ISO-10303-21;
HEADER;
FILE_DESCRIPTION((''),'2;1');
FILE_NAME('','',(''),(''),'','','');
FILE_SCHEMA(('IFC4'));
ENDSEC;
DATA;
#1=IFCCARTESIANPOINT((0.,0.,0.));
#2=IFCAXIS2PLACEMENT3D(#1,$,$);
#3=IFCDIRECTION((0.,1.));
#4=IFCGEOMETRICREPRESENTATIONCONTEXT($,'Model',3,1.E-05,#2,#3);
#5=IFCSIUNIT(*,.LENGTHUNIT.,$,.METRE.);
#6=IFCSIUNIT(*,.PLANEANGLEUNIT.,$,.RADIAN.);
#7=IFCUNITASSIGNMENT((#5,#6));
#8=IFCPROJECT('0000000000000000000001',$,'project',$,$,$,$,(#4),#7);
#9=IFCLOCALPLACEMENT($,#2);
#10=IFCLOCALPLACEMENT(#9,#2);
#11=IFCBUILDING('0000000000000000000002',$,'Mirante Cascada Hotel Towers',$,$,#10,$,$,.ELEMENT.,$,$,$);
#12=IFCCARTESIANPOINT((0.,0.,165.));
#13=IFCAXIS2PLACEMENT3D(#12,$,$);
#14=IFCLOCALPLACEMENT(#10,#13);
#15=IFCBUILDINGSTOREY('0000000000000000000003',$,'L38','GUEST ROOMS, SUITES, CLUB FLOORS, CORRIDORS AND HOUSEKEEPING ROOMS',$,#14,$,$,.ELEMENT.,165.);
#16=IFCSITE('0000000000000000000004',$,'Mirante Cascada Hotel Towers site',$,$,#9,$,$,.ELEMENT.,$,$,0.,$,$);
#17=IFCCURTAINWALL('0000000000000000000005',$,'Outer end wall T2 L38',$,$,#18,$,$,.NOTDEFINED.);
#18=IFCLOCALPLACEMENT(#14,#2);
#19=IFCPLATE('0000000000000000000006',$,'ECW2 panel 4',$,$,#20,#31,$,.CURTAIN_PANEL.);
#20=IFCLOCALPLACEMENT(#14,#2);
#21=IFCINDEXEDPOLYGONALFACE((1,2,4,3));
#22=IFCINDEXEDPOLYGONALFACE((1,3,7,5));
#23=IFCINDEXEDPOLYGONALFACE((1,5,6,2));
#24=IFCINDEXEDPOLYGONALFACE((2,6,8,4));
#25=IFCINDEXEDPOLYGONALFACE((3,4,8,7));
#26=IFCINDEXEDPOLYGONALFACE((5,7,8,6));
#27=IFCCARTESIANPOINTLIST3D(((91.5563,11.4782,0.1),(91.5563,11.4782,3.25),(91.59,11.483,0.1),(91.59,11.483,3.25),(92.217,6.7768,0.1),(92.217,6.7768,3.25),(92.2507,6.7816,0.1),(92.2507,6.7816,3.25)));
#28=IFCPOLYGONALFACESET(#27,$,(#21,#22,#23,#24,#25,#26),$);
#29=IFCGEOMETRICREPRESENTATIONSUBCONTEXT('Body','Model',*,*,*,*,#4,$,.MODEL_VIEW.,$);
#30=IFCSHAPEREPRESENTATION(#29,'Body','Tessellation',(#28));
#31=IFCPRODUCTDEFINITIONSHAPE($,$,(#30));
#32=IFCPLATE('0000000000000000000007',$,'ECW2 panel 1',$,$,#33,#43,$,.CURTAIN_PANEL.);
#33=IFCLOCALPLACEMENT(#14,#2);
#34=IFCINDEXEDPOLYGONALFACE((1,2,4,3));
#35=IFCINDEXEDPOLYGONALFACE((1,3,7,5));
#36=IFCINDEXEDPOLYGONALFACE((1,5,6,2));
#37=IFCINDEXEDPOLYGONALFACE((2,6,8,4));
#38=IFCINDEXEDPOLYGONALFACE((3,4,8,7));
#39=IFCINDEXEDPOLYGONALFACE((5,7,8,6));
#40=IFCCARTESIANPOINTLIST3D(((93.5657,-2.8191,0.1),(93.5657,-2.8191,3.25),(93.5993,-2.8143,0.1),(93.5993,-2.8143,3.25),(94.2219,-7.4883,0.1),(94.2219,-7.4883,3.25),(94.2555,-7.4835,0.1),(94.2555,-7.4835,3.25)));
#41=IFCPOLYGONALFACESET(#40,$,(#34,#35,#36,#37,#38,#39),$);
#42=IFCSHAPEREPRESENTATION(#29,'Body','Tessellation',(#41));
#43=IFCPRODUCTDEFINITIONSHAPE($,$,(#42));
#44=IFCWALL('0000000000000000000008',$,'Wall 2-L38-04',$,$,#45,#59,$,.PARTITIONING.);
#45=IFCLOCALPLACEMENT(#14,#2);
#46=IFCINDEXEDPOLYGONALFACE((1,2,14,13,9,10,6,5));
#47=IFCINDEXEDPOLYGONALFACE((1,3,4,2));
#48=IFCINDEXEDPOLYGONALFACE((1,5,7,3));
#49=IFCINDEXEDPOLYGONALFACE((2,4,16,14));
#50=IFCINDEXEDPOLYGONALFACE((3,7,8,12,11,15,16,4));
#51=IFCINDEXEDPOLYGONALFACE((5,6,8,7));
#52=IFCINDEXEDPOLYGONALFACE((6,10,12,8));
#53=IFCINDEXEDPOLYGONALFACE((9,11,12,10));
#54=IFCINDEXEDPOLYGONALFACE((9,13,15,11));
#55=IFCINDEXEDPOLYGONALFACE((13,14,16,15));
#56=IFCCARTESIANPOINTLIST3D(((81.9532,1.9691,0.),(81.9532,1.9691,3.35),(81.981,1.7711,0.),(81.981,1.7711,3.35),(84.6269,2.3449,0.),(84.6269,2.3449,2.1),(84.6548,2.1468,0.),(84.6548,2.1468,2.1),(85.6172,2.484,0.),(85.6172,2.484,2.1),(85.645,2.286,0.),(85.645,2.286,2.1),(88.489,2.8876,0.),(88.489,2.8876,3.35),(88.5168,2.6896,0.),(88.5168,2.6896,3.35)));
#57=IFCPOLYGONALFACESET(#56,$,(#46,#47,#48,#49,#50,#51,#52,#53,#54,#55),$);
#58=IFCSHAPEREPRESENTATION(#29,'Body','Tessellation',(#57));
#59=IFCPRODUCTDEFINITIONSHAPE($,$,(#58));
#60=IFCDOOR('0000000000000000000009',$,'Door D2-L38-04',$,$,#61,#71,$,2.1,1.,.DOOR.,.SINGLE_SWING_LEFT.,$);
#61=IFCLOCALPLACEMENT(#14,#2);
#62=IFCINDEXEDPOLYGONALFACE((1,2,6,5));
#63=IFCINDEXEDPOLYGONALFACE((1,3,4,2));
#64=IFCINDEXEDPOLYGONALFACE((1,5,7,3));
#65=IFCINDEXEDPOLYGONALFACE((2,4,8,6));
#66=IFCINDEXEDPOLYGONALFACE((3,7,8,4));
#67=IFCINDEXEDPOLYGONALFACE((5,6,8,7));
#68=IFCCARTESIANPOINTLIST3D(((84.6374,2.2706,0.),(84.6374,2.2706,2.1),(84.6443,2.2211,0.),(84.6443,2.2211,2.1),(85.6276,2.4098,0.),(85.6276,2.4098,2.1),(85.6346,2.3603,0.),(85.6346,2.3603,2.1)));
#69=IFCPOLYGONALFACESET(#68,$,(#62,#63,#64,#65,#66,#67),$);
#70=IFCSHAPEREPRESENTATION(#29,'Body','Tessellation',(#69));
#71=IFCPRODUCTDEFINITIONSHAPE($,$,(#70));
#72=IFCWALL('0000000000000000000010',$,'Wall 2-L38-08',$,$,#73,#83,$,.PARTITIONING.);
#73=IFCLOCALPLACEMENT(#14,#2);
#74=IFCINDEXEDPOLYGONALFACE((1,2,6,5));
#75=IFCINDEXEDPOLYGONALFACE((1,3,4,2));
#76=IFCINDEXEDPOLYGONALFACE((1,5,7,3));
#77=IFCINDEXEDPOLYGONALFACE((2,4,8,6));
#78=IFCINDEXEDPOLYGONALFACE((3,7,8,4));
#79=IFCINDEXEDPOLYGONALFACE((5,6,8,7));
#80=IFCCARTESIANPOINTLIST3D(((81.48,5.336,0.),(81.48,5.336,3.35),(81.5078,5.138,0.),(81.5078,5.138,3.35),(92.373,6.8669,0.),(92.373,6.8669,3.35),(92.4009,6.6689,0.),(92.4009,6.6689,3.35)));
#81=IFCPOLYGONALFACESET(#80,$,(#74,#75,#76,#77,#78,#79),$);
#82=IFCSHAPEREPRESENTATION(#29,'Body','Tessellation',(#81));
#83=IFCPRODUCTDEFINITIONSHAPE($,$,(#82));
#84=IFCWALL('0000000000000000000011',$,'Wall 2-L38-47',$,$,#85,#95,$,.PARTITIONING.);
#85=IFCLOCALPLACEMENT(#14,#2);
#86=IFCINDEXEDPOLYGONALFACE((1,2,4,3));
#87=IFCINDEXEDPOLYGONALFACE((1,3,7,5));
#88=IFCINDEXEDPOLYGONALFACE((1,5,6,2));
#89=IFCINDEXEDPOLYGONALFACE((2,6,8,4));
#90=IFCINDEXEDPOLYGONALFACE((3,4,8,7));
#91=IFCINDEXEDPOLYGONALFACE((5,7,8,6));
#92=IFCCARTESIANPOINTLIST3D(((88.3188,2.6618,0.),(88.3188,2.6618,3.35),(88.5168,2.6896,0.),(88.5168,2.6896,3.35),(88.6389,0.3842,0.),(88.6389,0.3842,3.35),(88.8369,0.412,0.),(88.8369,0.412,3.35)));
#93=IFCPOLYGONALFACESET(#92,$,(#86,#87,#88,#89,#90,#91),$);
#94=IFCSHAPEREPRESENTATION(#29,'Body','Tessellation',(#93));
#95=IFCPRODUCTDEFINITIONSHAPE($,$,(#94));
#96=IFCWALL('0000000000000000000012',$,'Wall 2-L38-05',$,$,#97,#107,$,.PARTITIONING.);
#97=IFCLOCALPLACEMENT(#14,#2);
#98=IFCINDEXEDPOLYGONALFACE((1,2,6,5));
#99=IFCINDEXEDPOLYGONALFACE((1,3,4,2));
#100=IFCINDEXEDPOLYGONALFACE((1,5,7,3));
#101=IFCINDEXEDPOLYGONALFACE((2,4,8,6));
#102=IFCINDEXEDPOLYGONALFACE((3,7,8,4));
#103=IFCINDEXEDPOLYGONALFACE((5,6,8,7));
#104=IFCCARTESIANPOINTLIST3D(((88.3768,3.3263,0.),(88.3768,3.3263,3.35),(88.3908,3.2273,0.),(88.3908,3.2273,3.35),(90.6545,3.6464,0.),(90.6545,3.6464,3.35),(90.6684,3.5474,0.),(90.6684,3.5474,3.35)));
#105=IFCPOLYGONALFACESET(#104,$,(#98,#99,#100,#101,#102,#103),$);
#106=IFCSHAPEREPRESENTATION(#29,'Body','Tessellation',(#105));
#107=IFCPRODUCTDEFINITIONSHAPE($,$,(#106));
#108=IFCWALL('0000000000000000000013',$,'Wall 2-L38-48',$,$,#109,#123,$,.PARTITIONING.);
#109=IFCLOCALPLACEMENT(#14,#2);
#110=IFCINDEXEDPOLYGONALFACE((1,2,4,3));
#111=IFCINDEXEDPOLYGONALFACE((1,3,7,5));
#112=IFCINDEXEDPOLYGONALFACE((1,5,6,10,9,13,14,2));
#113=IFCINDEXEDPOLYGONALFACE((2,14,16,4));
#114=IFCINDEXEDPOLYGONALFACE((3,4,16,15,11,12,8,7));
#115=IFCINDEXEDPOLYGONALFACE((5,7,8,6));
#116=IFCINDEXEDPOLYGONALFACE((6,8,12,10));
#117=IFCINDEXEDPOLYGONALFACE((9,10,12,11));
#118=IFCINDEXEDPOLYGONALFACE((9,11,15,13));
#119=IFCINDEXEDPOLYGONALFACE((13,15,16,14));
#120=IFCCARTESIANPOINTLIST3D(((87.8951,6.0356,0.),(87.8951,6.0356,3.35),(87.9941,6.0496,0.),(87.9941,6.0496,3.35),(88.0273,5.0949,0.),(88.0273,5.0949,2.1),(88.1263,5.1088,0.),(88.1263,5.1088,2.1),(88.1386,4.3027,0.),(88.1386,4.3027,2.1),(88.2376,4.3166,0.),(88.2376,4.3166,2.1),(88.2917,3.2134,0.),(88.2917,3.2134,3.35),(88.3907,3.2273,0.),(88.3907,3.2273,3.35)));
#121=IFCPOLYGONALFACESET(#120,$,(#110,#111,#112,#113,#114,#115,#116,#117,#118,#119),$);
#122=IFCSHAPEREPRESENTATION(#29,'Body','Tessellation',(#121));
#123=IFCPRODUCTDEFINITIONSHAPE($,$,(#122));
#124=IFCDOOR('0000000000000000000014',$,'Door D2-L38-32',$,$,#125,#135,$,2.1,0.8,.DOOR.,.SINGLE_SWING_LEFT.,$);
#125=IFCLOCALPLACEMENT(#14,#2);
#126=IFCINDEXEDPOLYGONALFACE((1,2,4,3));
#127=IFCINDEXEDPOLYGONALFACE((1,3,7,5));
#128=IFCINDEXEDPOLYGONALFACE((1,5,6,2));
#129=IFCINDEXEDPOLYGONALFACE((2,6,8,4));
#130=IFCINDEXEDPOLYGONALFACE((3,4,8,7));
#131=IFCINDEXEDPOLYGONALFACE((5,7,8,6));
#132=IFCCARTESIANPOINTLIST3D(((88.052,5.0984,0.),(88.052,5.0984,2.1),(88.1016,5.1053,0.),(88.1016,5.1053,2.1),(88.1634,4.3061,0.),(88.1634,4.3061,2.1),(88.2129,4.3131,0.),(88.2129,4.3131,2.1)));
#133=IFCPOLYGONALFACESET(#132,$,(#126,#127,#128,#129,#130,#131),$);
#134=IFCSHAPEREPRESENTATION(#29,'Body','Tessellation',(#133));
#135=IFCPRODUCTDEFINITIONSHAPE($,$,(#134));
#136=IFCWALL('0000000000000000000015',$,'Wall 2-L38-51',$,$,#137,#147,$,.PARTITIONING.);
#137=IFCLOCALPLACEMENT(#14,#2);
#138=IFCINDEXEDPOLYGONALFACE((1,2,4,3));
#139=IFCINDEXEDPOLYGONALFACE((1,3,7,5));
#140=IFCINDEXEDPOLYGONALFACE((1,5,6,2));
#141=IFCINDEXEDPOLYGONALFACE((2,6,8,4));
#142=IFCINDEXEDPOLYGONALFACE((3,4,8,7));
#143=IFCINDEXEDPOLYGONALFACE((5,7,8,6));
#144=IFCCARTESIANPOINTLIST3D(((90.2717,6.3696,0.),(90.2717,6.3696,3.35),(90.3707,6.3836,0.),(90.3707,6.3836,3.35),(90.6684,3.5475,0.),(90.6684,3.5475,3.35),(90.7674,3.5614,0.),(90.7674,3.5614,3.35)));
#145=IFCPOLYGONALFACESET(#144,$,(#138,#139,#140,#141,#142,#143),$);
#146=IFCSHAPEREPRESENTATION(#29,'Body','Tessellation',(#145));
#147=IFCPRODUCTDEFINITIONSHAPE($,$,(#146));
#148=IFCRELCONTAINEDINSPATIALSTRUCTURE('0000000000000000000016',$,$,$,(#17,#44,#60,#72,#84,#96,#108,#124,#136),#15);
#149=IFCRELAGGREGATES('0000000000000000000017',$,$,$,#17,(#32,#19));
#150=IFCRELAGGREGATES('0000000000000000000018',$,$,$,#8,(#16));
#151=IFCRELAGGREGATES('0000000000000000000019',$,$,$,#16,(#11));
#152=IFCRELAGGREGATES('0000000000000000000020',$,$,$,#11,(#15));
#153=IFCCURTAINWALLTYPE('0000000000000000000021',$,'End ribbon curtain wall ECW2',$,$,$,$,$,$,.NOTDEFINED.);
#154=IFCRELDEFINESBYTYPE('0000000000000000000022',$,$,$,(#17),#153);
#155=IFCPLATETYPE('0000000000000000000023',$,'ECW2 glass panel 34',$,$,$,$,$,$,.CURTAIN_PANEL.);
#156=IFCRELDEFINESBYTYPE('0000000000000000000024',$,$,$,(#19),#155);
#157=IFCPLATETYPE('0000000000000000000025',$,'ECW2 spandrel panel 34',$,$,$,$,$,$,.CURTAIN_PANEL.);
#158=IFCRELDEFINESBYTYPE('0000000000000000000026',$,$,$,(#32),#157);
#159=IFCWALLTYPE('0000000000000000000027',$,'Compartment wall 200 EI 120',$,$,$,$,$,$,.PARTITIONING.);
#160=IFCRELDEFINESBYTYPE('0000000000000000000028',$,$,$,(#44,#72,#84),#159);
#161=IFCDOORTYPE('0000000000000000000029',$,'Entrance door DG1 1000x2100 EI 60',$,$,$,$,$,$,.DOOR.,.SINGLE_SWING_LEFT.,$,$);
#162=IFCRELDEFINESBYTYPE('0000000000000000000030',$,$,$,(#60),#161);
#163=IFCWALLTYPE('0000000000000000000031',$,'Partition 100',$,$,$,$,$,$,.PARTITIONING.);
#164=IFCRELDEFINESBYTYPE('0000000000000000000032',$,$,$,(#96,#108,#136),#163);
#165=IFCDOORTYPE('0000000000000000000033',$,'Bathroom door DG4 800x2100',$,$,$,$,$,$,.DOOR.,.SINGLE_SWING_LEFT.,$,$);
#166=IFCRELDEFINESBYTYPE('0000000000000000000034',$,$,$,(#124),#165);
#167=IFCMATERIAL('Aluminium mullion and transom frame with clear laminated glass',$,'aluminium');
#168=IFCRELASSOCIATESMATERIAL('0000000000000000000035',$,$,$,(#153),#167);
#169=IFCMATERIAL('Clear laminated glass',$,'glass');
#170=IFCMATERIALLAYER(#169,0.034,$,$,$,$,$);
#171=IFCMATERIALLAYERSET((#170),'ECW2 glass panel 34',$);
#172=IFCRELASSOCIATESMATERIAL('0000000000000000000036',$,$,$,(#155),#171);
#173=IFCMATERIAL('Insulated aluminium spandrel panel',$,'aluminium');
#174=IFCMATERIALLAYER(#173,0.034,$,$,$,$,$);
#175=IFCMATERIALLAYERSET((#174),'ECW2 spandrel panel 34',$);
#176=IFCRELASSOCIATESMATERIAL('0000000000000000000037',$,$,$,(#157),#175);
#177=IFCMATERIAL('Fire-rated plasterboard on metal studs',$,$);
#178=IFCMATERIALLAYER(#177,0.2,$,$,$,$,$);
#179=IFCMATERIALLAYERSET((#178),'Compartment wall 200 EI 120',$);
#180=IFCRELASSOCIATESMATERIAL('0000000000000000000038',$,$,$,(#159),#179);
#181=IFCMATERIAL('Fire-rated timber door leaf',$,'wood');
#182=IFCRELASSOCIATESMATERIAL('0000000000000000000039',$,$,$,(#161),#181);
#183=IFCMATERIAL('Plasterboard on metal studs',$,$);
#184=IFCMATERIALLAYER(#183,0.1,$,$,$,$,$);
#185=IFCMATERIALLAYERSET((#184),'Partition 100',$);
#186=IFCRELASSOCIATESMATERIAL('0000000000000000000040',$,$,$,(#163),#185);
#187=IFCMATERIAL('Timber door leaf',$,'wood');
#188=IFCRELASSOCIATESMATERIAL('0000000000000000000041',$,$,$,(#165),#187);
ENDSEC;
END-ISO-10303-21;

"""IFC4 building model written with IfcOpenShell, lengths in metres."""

from ifc_helpers import new_model, si_unit, direction, frame, frame_2d, origin, origin_2d, place, context, subcontext, project, spatial, rectangle, extrude, material, layer, layer_set, type_object, element, fill, aggregate, save


model = new_model("IFC4")

# Units and contexts
model_context = context("Model", 3, precision=1e-05, world=origin(), true_north=direction((0.0, 1.0)))
body_context = subcontext(model_context, "Body", "Model", "MODEL_VIEW")
ifc_project = project(units=[si_unit("LENGTHUNIT", "METRE"), si_unit("PLANEANGLEUNIT", "RADIAN")], contexts=[model_context])

# Site, building, storey
site_placement = place(None, origin())
site = spatial("IfcSite", under=ifc_project, at=site_placement, Name="Mirante Cascada Hotel Towers site", CompositionType="ELEMENT", RefElevation=0.0)
building_placement = place(site_placement, origin())
building = spatial("IfcBuilding", under=site, at=building_placement, Name="Mirante Cascada Hotel Towers", CompositionType="ELEMENT")
storey_placement = place(building_placement, frame((0.0, 0.0, 165.0)))
storey = spatial("IfcBuildingStorey", under=building, at=storey_placement, Name="L38", Description="GUEST ROOMS, SUITES, CLUB FLOORS, CORRIDORS AND HOUSEKEEPING ROOMS", CompositionType="ELEMENT", Elevation=165.0)

# Curtain wall, plates
ifc_material_1 = material(Name="Aluminium mullion and transom frame with clear laminated glass", Category="aluminium")
curtain_wall_type = type_object("IfcCurtainWallType", Name="End ribbon curtain wall ECW2", PredefinedType="NOTDEFINED", material=ifc_material_1)
curtain_wall_placement = place(storey_placement, origin())
curtain_wall = element("IfcCurtainWall", 1, at=curtain_wall_placement, inside=storey, type_object=curtain_wall_type, Name="Outer end wall T2 L38", PredefinedType="NOTDEFINED")
ifc_material_2 = material(Name="Clear laminated glass", Category="glass")
ifc_layer_1 = layer(ifc_material_2, 0.034)
ifc_layer_set_1 = layer_set([ifc_layer_1], Name="ECW2 glass panel 34")
plate_type_1 = type_object("IfcPlateType", Name="ECW2 glass panel 34", PredefinedType="CURTAIN_PANEL", material=ifc_layer_set_1)
plate_1_placement = place(storey_placement, frame((91.9035, 9.1299, 0.1), z_axis=(0.0, 0.0, 1.0), x_axis=(-0.139173, 0.990268, 0.0)))
plate_1 = element("IfcPlate", 2, at=plate_1_placement, type_object=plate_type_1, Name="ECW2 panel 4", PredefinedType="CURTAIN_PANEL", context=body_context, shape_type="SweptSolid", body=[
    extrude(rectangle(XDim=4.7476, YDim=0.034, at=origin_2d()), origin(), (0.0, 0.0, 1.0), 3.15),
])
ifc_material_3 = material(Name="Insulated aluminium spandrel panel", Category="aluminium")
ifc_layer_2 = layer(ifc_material_3, 0.034)
ifc_layer_set_2 = layer_set([ifc_layer_2], Name="ECW2 spandrel panel 34")
plate_type_2 = type_object("IfcPlateType", Name="ECW2 spandrel panel 34", PredefinedType="CURTAIN_PANEL", material=ifc_layer_set_2)
plate_2_placement = place(storey_placement, frame((93.9106, -5.1513, 0.1), z_axis=(0.0, 0.0, 1.0), x_axis=(-0.139173, 0.990268, 0.0)))
plate_2 = element("IfcPlate", 3, at=plate_2_placement, type_object=plate_type_2, Name="ECW2 panel 1", PredefinedType="CURTAIN_PANEL", context=body_context, shape_type="SweptSolid", body=[
    extrude(rectangle(XDim=4.7151, YDim=0.034, at=origin_2d()), origin(), (0.0, 0.0, 1.0), 3.15),
])
aggregate(curtain_wall, [plate_2, plate_1])

# Wall, opening, door
ifc_material_4 = material(Name="Fire-rated plasterboard on metal studs")
ifc_layer_3 = layer(ifc_material_4, 0.2)
ifc_layer_set_3 = layer_set([ifc_layer_3], Name="Compartment wall 200 EI 120")
wall_type_1 = type_object("IfcWallType", Name="Compartment wall 200 EI 120", PredefinedType="PARTITIONING", material=ifc_layer_set_3)
wall_1_placement = place(storey_placement, frame((88.5029, 2.7886, 0.0), z_axis=(0.0, 0.0, 1.0), x_axis=(-0.990269, -0.139166, 0.0)))
wall_1 = element("IfcWall", 4, at=wall_1_placement, inside=storey, type_object=wall_type_1, Name="Wall 2-L38-04", PredefinedType="PARTITIONING", context=body_context, shape_type="SweptSolid", body=[
    extrude(rectangle(XDim=6.6, YDim=0.2, at=frame_2d((3.3, 0.0))), origin(), (0.0, 0.0, 1.0), 3.35),
])
opening_1_placement = place(wall_1_placement, frame((2.9, 0.0, 0.0)))
opening_1 = element("IfcOpeningElement", 5, at=opening_1_placement, cuts=wall_1, PredefinedType="OPENING", context=body_context, shape_type="SweptSolid", body=[
    extrude(rectangle(XDim=1.0, YDim=2.1, at=frame_2d((0.5, 1.05))), frame((0.0, 0.1, 0.0), z_axis=(0.0, -1.0, 0.0), x_axis=(1.0, 0.0, 0.0)), (0.0, 0.0, 1.0), 0.2),
])
ifc_material_5 = material(Name="Fire-rated timber door leaf", Category="wood")
door_type_1 = type_object("IfcDoorType", Name="Entrance door DG1 1000x2100 EI 60", OperationType="SINGLE_SWING_LEFT", PredefinedType="DOOR", material=ifc_material_5)
door_1_placement = place(opening_1_placement, origin())
door_1 = element("IfcDoor", 6, at=door_1_placement, inside=storey, type_object=door_type_1, Name="Door D2-L38-04", OperationType="SINGLE_SWING_LEFT", OverallHeight=2.1, OverallWidth=1.0, PredefinedType="DOOR", context=body_context, shape_type="SweptSolid", body=[
    extrude(rectangle(XDim=1.0, YDim=2.1, at=frame_2d((0.5, 1.05))), frame((0.0, 0.025, 0.0), z_axis=(0.0, -1.0, 0.0), x_axis=(1.0, 0.0, 0.0)), (0.0, 0.0, 1.0), 0.05),
])
fill(opening_1, door_1)

# Walls
wall_2_placement = place(storey_placement, frame((92.3869, 6.7679, 0.0), z_axis=(0.0, 0.0, 1.0), x_axis=(-0.990268, -0.139172, 0.0)))
element("IfcWall", 7, at=wall_2_placement, inside=storey, type_object=wall_type_1, Name="Wall 2-L38-08", PredefinedType="PARTITIONING", context=body_context, shape_type="SweptSolid", body=[
    extrude(rectangle(XDim=11.0001, YDim=0.2, at=frame_2d((5.5, 0.0))), origin(), (0.0, 0.0, 1.0), 3.35),
])
wall_3_placement = place(storey_placement, frame((88.7379, 0.3981, 0.0), z_axis=(0.0, 0.0, 1.0), x_axis=(-0.139175, 0.990268, 0.0)))
element("IfcWall", 8, at=wall_3_placement, inside=storey, type_object=wall_type_1, Name="Wall 2-L38-47", PredefinedType="PARTITIONING", context=body_context, shape_type="SweptSolid", body=[
    extrude(rectangle(XDim=2.3, YDim=0.2, at=frame_2d((1.15, 0.0))), origin(), (0.0, 0.0, 1.0), 3.35),
])
ifc_material_6 = material(Name="Plasterboard on metal studs")
ifc_layer_4 = layer(ifc_material_6, 0.1)
ifc_layer_set_4 = layer_set([ifc_layer_4], Name="Partition 100")
wall_type_2 = type_object("IfcWallType", Name="Partition 100", PredefinedType="PARTITIONING", material=ifc_layer_set_4)
wall_4_placement = place(storey_placement, frame((88.3838, 3.2768, 0.0), z_axis=(0.0, 0.0, 1.0), x_axis=(0.990268, 0.139175, 0.0)))
element("IfcWall", 9, at=wall_4_placement, inside=storey, type_object=wall_type_2, Name="Wall 2-L38-05", PredefinedType="PARTITIONING", context=body_context, shape_type="SweptSolid", body=[
    extrude(rectangle(XDim=2.3, YDim=0.1, at=frame_2d((1.15, 0.0))), origin(), (0.0, 0.0, 1.0), 3.35),
])

# Wall, opening, door
wall_5_placement = place(storey_placement, frame((87.9446, 6.0426, 0.0), z_axis=(0.0, 0.0, 1.0), x_axis=(0.139156, -0.99027, 0.0)))
wall_5 = element("IfcWall", 10, at=wall_5_placement, inside=storey, type_object=wall_type_2, Name="Wall 2-L38-48", PredefinedType="PARTITIONING", context=body_context, shape_type="SweptSolid", body=[
    extrude(rectangle(XDim=2.85, YDim=0.1, at=frame_2d((1.425, 0.0))), origin(), (0.0, 0.0, 1.0), 3.35),
])
opening_2_placement = place(wall_5_placement, frame((0.95, 0.0, 0.0)))
opening_2 = element("IfcOpeningElement", 11, at=opening_2_placement, cuts=wall_5, PredefinedType="OPENING", context=body_context, shape_type="SweptSolid", body=[
    extrude(rectangle(XDim=0.8, YDim=2.1, at=frame_2d((0.4, 1.05))), frame((0.0, 0.05, 0.0), z_axis=(0.0, -1.0, 0.0), x_axis=(1.0, 0.0, 0.0)), (0.0, 0.0, 1.0), 0.1),
])
ifc_material_7 = material(Name="Timber door leaf", Category="wood")
door_type_2 = type_object("IfcDoorType", Name="Bathroom door DG4 800x2100", OperationType="SINGLE_SWING_LEFT", PredefinedType="DOOR", material=ifc_material_7)
door_2_placement = place(opening_2_placement, origin())
door_2 = element("IfcDoor", 12, at=door_2_placement, inside=storey, type_object=door_type_2, Name="Door D2-L38-32", OperationType="SINGLE_SWING_LEFT", OverallHeight=2.1, OverallWidth=0.8, PredefinedType="DOOR", context=body_context, shape_type="SweptSolid", body=[
    extrude(rectangle(XDim=0.8, YDim=2.1, at=frame_2d((0.4, 1.05))), frame((0.0, 0.025, 0.0), z_axis=(0.0, -1.0, 0.0), x_axis=(1.0, 0.0, 0.0)), (0.0, 0.0, 1.0), 0.05),
])
fill(opening_2, door_2)

# Wall
wall_6_placement = place(storey_placement, frame((90.7179, 3.5544, 0.0), z_axis=(0.0, 0.0, 1.0), x_axis=(-0.139196, 0.990265, 0.0)))
element("IfcWall", 13, at=wall_6_placement, inside=storey, type_object=wall_type_2, Name="Wall 2-L38-51", PredefinedType="PARTITIONING", context=body_context, shape_type="SweptSolid", body=[
    extrude(rectangle(XDim=2.8499, YDim=0.1, at=frame_2d((1.425, 0.0))), origin(), (0.0, 0.0, 1.0), 3.35),
])

save(model, "model.ifc")
